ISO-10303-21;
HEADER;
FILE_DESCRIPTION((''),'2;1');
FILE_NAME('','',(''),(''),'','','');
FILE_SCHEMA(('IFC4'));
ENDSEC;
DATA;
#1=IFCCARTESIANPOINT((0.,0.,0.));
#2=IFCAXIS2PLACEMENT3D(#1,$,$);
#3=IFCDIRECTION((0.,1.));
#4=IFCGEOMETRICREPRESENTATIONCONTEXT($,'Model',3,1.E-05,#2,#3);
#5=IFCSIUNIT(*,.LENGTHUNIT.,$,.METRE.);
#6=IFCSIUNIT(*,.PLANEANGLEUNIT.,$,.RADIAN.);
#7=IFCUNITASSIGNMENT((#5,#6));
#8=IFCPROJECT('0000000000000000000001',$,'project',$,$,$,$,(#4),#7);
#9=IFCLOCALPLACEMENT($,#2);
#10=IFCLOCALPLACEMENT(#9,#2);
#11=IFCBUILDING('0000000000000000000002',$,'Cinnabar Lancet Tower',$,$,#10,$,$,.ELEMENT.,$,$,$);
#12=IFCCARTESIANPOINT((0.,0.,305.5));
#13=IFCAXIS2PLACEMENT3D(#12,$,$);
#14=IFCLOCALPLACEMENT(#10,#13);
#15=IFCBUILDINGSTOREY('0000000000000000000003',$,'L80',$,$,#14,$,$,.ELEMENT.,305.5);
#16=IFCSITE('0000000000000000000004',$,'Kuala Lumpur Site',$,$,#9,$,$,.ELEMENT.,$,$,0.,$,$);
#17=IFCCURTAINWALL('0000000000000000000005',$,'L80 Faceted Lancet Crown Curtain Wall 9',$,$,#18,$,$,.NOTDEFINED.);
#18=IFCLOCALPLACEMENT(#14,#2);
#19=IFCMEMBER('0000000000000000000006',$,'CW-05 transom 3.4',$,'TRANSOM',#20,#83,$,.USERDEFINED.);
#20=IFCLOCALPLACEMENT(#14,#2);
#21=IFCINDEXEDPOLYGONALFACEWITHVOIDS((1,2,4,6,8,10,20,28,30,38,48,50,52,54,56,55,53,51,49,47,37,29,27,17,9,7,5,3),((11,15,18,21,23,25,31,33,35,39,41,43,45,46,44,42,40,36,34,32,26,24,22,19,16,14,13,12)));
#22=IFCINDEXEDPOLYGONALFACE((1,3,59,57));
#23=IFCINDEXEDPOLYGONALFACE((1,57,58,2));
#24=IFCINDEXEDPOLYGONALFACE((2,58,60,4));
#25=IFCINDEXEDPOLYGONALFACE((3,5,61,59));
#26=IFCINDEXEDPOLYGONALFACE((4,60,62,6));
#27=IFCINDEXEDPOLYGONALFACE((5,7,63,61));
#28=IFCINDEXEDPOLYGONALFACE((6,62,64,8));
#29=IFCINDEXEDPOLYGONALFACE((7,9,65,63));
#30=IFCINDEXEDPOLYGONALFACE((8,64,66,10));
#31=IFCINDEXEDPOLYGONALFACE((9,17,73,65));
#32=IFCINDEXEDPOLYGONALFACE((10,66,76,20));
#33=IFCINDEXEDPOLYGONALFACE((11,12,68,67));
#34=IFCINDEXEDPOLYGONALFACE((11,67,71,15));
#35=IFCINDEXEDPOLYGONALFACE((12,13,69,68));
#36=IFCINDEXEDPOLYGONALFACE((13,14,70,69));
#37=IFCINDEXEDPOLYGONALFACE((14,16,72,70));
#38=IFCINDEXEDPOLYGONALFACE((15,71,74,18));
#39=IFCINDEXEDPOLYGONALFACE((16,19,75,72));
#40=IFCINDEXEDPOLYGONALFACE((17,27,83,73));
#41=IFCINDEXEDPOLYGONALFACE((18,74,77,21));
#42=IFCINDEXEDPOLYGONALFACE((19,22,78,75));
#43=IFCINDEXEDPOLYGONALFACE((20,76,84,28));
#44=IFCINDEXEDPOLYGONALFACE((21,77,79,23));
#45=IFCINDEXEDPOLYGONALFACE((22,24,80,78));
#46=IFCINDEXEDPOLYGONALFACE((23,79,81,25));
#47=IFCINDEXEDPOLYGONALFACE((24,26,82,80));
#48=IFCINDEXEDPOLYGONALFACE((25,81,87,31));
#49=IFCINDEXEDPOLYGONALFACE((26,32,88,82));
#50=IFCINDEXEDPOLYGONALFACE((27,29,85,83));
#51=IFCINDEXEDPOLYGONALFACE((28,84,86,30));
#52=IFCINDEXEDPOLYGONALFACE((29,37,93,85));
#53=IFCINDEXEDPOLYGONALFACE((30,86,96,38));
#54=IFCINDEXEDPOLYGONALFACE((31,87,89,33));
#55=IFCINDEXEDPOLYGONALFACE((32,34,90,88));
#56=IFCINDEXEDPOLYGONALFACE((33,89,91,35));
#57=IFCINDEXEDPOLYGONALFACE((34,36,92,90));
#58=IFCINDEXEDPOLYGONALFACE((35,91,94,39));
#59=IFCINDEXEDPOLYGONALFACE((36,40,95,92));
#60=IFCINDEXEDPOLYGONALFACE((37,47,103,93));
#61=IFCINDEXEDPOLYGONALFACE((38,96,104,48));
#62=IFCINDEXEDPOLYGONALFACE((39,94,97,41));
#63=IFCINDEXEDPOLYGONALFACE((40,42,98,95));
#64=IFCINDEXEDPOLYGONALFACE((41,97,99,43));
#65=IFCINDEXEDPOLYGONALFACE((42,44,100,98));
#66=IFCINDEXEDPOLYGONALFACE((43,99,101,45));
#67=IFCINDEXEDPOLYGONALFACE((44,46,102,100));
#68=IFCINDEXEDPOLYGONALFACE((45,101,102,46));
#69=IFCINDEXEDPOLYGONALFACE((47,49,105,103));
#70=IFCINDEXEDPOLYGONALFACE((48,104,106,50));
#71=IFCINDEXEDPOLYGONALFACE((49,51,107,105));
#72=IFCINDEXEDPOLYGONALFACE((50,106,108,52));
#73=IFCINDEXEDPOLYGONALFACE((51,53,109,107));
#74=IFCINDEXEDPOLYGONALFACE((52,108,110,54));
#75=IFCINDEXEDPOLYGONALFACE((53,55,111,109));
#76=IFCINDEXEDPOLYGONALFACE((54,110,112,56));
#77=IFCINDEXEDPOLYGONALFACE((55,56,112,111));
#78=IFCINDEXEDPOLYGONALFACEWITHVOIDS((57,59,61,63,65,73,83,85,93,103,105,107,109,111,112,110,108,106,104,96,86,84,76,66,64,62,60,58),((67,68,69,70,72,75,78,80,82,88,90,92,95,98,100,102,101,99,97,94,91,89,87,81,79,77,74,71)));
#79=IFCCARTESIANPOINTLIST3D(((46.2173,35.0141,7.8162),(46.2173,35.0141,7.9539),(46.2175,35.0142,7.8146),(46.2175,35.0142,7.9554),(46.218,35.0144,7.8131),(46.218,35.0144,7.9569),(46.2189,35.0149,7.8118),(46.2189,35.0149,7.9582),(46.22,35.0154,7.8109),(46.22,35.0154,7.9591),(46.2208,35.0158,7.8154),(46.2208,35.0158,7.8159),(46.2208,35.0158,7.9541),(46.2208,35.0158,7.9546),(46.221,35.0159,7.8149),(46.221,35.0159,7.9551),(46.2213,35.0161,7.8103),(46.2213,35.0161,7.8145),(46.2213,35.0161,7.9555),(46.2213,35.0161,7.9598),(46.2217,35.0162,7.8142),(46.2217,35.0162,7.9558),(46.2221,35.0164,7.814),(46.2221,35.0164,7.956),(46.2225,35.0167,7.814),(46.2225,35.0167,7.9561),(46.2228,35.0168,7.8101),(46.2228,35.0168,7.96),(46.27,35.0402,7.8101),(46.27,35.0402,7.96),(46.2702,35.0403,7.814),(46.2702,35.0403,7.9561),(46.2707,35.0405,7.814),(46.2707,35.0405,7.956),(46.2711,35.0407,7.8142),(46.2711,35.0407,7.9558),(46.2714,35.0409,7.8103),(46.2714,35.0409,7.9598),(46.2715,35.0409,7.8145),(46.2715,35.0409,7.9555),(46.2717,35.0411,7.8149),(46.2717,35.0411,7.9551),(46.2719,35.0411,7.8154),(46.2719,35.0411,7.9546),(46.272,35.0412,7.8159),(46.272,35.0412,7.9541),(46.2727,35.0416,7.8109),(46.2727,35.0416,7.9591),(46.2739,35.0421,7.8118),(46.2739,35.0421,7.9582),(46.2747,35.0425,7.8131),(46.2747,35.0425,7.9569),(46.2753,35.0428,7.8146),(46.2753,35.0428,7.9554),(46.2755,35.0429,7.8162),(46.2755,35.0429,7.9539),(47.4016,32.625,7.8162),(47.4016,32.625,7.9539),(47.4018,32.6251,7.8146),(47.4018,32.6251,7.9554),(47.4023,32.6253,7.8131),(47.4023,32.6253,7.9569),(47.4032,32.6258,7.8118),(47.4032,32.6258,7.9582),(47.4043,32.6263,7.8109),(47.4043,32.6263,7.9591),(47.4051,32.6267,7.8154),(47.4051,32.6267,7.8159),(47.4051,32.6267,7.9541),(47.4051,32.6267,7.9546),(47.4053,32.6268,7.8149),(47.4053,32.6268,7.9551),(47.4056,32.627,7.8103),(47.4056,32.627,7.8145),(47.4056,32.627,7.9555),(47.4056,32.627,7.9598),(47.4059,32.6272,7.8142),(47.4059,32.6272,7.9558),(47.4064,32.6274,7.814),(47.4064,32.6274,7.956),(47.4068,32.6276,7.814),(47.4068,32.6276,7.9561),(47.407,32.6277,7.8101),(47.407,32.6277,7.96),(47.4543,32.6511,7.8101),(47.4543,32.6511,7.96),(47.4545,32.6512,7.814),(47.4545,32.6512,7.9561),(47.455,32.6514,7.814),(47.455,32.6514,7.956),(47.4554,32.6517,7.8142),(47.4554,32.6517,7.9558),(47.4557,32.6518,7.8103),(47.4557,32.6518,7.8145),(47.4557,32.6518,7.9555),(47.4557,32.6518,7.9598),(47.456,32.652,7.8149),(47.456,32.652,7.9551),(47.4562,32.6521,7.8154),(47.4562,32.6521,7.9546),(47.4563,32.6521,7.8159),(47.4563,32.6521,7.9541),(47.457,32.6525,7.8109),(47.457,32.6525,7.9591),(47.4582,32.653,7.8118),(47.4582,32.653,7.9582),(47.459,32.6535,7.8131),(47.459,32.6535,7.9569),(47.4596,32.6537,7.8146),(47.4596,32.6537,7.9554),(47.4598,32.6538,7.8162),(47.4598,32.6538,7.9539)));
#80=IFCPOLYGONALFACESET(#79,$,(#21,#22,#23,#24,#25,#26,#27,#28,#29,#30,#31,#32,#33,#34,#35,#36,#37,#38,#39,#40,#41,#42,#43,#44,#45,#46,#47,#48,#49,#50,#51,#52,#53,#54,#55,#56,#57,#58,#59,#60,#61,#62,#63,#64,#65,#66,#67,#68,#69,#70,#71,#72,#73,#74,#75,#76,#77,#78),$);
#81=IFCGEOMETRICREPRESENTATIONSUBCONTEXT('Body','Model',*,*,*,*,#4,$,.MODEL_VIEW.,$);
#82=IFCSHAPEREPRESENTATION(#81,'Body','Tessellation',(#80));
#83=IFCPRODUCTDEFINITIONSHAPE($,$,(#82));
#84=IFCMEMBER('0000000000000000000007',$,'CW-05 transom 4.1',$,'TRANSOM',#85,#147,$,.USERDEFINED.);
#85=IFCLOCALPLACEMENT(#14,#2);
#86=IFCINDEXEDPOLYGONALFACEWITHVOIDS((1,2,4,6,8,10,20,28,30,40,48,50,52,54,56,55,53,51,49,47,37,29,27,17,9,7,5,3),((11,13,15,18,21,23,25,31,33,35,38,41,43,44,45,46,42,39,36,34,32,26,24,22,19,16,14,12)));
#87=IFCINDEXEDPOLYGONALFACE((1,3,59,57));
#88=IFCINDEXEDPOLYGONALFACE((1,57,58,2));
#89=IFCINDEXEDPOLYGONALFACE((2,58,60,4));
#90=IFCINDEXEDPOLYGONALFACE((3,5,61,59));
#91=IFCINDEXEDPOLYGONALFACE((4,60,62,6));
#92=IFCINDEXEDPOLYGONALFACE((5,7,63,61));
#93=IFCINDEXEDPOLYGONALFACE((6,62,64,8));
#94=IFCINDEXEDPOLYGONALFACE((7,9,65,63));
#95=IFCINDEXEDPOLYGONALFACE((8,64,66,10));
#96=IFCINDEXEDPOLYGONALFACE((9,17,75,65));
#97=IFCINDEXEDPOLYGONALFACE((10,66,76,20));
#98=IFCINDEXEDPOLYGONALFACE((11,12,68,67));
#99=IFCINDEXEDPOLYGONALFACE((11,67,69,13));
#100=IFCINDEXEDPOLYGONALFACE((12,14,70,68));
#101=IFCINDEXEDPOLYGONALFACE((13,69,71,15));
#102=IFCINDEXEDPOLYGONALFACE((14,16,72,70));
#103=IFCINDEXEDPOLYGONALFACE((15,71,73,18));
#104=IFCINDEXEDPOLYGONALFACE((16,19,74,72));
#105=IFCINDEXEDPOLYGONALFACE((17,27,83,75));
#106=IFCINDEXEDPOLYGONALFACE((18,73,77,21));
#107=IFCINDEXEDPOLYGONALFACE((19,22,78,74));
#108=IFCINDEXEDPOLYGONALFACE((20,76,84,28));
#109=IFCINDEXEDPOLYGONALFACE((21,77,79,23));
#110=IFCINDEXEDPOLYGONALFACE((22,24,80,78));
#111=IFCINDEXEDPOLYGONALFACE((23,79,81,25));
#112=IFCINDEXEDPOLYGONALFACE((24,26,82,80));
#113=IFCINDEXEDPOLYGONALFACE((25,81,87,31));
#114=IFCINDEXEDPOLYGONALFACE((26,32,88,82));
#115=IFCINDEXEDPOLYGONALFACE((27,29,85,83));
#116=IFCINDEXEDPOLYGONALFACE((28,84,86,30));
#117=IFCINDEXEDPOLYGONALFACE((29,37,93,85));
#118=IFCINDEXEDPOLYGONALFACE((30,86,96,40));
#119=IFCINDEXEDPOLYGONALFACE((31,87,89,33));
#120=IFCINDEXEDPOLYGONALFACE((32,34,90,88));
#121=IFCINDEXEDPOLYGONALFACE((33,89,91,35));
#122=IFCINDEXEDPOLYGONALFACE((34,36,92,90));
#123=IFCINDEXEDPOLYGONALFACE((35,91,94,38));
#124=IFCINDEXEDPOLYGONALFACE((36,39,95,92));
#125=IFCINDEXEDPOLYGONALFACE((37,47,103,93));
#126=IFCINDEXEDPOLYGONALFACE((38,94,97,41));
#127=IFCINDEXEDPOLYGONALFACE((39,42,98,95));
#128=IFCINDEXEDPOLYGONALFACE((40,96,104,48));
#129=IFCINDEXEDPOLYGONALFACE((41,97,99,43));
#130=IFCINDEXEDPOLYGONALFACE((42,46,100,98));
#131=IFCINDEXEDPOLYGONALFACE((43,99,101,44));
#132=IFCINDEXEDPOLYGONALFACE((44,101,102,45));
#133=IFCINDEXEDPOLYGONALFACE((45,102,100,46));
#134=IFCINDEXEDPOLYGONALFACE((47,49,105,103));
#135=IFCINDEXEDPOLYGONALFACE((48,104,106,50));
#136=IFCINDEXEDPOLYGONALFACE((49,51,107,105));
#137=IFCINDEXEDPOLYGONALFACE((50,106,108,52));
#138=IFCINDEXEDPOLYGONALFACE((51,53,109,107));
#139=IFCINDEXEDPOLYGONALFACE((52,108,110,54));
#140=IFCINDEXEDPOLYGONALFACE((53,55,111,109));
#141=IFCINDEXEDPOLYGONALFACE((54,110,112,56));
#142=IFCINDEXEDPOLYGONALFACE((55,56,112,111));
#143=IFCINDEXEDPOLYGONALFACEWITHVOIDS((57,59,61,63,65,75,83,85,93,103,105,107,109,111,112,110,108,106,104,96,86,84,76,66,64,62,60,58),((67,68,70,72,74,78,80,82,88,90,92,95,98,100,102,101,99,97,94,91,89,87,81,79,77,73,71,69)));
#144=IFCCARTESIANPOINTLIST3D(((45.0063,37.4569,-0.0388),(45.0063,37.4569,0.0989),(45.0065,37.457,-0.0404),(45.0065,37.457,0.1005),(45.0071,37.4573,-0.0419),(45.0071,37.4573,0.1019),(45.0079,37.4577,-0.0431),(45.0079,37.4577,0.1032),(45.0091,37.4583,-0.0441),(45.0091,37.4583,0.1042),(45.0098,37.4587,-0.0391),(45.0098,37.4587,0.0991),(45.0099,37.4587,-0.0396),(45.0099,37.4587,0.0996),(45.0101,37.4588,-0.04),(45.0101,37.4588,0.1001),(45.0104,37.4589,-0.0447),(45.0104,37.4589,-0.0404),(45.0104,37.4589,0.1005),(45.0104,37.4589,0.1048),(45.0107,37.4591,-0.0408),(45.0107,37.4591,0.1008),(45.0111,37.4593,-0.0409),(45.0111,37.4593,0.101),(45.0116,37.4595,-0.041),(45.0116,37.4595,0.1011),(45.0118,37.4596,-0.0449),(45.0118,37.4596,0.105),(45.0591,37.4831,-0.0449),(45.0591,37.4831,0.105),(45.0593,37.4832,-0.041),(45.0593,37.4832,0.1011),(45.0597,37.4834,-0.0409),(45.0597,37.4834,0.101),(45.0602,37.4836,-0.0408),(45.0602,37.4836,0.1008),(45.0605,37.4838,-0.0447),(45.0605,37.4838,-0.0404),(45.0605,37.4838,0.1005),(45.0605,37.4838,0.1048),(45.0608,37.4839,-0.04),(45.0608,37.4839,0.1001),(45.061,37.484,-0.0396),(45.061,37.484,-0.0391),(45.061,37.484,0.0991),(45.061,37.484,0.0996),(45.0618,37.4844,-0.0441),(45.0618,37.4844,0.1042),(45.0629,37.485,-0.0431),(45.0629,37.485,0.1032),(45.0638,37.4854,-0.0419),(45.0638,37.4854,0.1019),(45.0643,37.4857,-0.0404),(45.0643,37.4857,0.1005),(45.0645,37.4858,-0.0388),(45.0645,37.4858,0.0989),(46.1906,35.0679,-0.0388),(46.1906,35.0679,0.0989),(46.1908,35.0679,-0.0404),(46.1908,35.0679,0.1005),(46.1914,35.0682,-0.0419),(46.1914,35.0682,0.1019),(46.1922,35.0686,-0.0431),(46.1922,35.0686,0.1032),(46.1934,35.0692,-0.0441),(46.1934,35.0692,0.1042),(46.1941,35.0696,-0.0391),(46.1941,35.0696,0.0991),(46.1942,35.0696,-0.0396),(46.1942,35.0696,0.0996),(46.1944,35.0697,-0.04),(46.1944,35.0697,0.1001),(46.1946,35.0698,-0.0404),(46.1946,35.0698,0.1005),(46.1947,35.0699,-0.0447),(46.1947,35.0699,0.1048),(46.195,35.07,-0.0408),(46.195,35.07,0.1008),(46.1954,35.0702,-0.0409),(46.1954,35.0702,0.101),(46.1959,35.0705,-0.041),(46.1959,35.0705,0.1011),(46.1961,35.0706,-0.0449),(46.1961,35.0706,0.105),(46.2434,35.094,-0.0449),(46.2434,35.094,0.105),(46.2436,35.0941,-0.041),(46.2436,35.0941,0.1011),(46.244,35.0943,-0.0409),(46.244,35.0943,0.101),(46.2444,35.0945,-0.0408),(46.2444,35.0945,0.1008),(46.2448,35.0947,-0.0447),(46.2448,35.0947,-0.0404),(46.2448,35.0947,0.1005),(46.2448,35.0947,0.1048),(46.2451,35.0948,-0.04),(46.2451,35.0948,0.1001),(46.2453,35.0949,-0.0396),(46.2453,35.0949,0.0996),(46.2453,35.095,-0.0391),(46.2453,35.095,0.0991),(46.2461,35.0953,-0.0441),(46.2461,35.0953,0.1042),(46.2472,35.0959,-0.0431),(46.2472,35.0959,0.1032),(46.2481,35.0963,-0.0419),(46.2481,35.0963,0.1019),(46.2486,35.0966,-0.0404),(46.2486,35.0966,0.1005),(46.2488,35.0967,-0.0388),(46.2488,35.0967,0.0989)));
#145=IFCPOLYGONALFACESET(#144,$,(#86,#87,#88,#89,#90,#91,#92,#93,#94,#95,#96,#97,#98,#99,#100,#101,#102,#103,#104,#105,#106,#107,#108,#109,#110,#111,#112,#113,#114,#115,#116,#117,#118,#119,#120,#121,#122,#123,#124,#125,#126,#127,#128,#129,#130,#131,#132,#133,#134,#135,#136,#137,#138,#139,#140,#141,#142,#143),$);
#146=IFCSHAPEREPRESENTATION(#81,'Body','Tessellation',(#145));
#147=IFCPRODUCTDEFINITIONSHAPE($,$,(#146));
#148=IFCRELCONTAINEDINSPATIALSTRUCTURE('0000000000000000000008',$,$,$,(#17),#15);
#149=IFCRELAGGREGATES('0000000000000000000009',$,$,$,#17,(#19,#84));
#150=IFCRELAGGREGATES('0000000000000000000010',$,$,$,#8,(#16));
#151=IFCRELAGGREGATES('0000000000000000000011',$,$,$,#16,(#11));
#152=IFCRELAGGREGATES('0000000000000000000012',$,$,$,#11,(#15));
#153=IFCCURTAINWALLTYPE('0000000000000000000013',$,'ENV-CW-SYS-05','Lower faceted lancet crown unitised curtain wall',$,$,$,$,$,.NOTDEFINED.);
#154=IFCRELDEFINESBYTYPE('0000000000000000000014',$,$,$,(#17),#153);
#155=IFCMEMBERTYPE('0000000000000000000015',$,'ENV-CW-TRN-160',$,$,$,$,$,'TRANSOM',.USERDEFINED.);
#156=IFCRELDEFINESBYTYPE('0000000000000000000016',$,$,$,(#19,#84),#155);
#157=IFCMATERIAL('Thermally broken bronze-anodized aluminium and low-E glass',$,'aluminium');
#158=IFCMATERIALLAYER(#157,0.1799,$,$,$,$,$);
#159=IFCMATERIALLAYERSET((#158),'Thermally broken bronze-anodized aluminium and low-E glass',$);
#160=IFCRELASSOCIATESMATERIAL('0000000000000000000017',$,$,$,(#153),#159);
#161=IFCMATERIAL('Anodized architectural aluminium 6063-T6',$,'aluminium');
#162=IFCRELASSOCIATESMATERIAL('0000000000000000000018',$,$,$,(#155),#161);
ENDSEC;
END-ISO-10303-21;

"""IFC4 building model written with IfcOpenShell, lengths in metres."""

from ifc_helpers import new_model, si_unit, direction, frame, origin, origin_2d, place, context, subcontext, project, spatial, hollow_rectangle, extrude, material, layer, layer_set, material_profile, profile_set, type_object, element, aggregate, save


model = new_model("IFC4")

# Units and contexts
model_context = context("Model", 3, precision=1e-05, world=origin(), true_north=direction((0.0, 1.0)))
body_context = subcontext(model_context, "Body", "Model", "MODEL_VIEW")
ifc_project = project(units=[si_unit("LENGTHUNIT", "METRE"), si_unit("PLANEANGLEUNIT", "RADIAN")], contexts=[model_context])

# Site, building, storey
site_placement = place(None, origin())
site = spatial("IfcSite", under=ifc_project, at=site_placement, Name="Kuala Lumpur Site", CompositionType="ELEMENT", RefElevation=0.0)
building_placement = place(site_placement, origin())
building = spatial("IfcBuilding", under=site, at=building_placement, Name="Cinnabar Lancet Tower", CompositionType="ELEMENT")
storey_placement = place(building_placement, frame((0.0, 0.0, 305.5)))
storey = spatial("IfcBuildingStorey", under=building, at=storey_placement, Name="L80", CompositionType="ELEMENT", Elevation=305.5)

# Curtain wall
ifc_material_1 = material(Name="Thermally broken bronze-anodized aluminium and low-E glass", Category="aluminium")
ifc_layer_1 = layer(ifc_material_1, 0.1799)
ifc_layer_set_1 = layer_set([ifc_layer_1], Name="Thermally broken bronze-anodized aluminium and low-E glass")
curtain_wall_type = type_object("IfcCurtainWallType", Name="ENV-CW-SYS-05", Description="Lower faceted lancet crown unitised curtain wall", PredefinedType="NOTDEFINED", material=ifc_layer_set_1)
curtain_wall_1_placement = place(storey_placement, origin())
curtain_wall_1 = element("IfcCurtainWall", 1, at=curtain_wall_1_placement, inside=storey, type_object=curtain_wall_type, Name="L80 Faceted Lancet Crown Curtain Wall 9", PredefinedType="NOTDEFINED")

# Members
ifc_material_2 = material(Name="Anodized architectural aluminium 6063-T6", Category="aluminium")
ifc_material_profile_1 = material_profile(ifc_material_2, hollow_rectangle(XDim=0.0649, YDim=0.1499, WallThickness=0.0039, InnerFilletRadius=0.002, OuterFilletRadius=0.0061, at=origin_2d()), Name="CW-TRN 150x65x4")
ifc_profile_set_1 = profile_set([ifc_material_profile_1], Name="Anodized architectural aluminium 6063-T6")
member_type_1 = type_object("IfcMemberType", Name="ENV-CW-TRN-160", ElementType="TRANSOM", PredefinedType="USERDEFINED", material=ifc_profile_set_1)
member_1_placement = place(storey_placement, frame((47.4307, 32.6394, 7.885), z_axis=(-0.444135, 0.89596, 0.0), x_axis=(-0.89596, -0.444135, 0.0)))
member_1 = element("IfcMember", 2, at=member_1_placement, type_object=member_type_1, Name="CW-05 transom 3.4", ObjectType="TRANSOM", PredefinedType="USERDEFINED", context=body_context, shape_type="SweptSolid", body=[
    extrude(hollow_rectangle(XDim=0.0649, YDim=0.1499, WallThickness=0.0039, InnerFilletRadius=0.002, OuterFilletRadius=0.0061, at=origin_2d()), origin(), (0.0, 0.0, 1.0), 2.6665),
])
member_2_placement = place(storey_placement, frame((46.2197, 35.0823, 0.03), z_axis=(-0.444135, 0.89596, 0.0), x_axis=(-0.89596, -0.444135, 0.0)))
member_2 = element("IfcMember", 3, at=member_2_placement, type_object=member_type_1, Name="CW-05 transom 4.1", ObjectType="TRANSOM", PredefinedType="USERDEFINED", context=body_context, shape_type="SweptSolid", body=[
    extrude(hollow_rectangle(XDim=0.0649, YDim=0.1499, WallThickness=0.0039, InnerFilletRadius=0.002, OuterFilletRadius=0.0061, at=origin_2d()), origin(), (0.0, 0.0, 1.0), 2.6665),
])

aggregate(curtain_wall_1, [member_1, member_2])

save(model, "model.ifc")
